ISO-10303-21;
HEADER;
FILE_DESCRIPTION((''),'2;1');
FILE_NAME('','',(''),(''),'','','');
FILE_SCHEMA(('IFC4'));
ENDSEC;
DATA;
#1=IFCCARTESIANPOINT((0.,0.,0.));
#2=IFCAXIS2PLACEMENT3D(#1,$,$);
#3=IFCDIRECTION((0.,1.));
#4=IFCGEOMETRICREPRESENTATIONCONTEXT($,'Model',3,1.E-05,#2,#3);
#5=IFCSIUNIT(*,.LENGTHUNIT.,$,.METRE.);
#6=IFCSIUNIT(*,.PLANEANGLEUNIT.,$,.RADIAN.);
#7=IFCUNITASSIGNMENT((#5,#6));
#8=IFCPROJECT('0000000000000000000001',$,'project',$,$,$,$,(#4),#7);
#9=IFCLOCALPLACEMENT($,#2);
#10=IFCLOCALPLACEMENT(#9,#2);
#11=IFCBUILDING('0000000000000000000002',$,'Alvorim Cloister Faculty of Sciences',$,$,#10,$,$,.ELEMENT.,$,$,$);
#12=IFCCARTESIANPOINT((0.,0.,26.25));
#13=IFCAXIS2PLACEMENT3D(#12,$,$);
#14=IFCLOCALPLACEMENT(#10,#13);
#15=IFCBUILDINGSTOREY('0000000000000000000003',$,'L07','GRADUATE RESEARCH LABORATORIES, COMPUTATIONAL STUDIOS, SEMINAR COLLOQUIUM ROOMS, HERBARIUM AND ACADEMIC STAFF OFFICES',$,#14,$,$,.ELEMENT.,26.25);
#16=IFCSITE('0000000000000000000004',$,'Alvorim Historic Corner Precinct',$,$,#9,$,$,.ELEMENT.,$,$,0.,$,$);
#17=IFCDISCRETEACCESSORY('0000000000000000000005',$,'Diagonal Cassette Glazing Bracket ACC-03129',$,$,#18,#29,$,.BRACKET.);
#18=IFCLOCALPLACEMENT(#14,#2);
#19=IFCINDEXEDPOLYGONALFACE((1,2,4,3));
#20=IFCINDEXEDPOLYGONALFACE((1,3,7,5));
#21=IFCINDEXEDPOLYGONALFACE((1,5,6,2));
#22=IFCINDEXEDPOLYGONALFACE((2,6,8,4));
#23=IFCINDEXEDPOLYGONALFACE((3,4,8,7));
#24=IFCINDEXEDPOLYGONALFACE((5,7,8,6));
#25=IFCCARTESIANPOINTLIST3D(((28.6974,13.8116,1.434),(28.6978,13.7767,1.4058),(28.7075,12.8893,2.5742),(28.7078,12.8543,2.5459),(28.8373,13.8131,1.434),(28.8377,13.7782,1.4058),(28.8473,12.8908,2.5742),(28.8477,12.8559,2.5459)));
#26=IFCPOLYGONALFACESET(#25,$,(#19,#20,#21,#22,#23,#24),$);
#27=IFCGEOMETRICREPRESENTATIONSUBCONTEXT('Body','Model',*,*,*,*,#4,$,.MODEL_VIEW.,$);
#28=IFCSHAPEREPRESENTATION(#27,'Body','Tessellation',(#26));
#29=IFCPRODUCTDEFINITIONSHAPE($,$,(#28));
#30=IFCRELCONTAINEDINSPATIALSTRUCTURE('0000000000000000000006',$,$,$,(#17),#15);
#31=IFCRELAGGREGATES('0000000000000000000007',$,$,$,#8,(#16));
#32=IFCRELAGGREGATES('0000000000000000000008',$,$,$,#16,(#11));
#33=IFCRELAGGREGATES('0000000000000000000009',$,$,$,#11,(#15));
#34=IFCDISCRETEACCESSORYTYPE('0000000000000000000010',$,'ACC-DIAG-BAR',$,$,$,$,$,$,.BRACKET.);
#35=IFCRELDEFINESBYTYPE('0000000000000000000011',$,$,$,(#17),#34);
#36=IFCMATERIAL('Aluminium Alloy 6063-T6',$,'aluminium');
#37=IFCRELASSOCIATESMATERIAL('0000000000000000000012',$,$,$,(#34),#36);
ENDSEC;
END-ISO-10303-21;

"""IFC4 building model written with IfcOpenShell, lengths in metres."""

from ifc_helpers import new_model, si_unit, direction, frame, origin, origin_2d, place, context, subcontext, project, spatial, rectangle, extrude, material, type_object, element, save


model = new_model("IFC4")

# Units and contexts
model_context = context("Model", 3, precision=1e-05, world=origin(), true_north=direction((0.0, 1.0)))
body_context = subcontext(model_context, "Body", "Model", "MODEL_VIEW")
ifc_project = project(units=[si_unit("LENGTHUNIT", "METRE"), si_unit("PLANEANGLEUNIT", "RADIAN")], contexts=[model_context])

# Site, building, storey
site_placement = place(None, origin())
site = spatial("IfcSite", under=ifc_project, at=site_placement, Name="Alvorim Historic Corner Precinct", CompositionType="ELEMENT", RefElevation=0.0)
building_placement = place(site_placement, origin())
building = spatial("IfcBuilding", under=site, at=building_placement, Name="Alvorim Cloister Faculty of Sciences", CompositionType="ELEMENT")
storey_placement = place(building_placement, frame((0.0, 0.0, 26.25)))
storey = spatial("IfcBuildingStorey", under=building, at=storey_placement, Name="L07", Description="GRADUATE RESEARCH LABORATORIES, COMPUTATIONAL STUDIOS, SEMINAR COLLOQUIUM ROOMS, HERBARIUM AND ACADEMIC STAFF OFFICES", CompositionType="ELEMENT", Elevation=26.25)

# Shared definitions
ifc_material_1 = material(Name="Aluminium Alloy 6063-T6", Category="aluminium")

# Discrete accessory
discrete_accessory_type = type_object("IfcDiscreteAccessoryType", Name="ACC-DIAG-BAR", PredefinedType="BRACKET", material=ifc_material_1)
for number, where, z_axis, x_axis, name in (
    (1, (28.7776, 12.8726, 2.5601), (-0.006825, 0.628935, -0.777428), (-0.999941, -0.010852, 0.0), "Diagonal Cassette Glazing Bracket ACC-03129"),
):
    element("IfcDiscreteAccessory", number, at=place(storey_placement, frame(where, z_axis=z_axis, x_axis=x_axis)), inside=storey, type_object=discrete_accessory_type, Name=name, PredefinedType="BRACKET", context=body_context, shape_type="SweptSolid", body=[
        extrude(rectangle(XDim=0.1399, YDim=0.0449, at=origin_2d()), origin(), (0.0, 0.0, 1.0), 1.4666),
    ])

save(model, "model.ifc")
